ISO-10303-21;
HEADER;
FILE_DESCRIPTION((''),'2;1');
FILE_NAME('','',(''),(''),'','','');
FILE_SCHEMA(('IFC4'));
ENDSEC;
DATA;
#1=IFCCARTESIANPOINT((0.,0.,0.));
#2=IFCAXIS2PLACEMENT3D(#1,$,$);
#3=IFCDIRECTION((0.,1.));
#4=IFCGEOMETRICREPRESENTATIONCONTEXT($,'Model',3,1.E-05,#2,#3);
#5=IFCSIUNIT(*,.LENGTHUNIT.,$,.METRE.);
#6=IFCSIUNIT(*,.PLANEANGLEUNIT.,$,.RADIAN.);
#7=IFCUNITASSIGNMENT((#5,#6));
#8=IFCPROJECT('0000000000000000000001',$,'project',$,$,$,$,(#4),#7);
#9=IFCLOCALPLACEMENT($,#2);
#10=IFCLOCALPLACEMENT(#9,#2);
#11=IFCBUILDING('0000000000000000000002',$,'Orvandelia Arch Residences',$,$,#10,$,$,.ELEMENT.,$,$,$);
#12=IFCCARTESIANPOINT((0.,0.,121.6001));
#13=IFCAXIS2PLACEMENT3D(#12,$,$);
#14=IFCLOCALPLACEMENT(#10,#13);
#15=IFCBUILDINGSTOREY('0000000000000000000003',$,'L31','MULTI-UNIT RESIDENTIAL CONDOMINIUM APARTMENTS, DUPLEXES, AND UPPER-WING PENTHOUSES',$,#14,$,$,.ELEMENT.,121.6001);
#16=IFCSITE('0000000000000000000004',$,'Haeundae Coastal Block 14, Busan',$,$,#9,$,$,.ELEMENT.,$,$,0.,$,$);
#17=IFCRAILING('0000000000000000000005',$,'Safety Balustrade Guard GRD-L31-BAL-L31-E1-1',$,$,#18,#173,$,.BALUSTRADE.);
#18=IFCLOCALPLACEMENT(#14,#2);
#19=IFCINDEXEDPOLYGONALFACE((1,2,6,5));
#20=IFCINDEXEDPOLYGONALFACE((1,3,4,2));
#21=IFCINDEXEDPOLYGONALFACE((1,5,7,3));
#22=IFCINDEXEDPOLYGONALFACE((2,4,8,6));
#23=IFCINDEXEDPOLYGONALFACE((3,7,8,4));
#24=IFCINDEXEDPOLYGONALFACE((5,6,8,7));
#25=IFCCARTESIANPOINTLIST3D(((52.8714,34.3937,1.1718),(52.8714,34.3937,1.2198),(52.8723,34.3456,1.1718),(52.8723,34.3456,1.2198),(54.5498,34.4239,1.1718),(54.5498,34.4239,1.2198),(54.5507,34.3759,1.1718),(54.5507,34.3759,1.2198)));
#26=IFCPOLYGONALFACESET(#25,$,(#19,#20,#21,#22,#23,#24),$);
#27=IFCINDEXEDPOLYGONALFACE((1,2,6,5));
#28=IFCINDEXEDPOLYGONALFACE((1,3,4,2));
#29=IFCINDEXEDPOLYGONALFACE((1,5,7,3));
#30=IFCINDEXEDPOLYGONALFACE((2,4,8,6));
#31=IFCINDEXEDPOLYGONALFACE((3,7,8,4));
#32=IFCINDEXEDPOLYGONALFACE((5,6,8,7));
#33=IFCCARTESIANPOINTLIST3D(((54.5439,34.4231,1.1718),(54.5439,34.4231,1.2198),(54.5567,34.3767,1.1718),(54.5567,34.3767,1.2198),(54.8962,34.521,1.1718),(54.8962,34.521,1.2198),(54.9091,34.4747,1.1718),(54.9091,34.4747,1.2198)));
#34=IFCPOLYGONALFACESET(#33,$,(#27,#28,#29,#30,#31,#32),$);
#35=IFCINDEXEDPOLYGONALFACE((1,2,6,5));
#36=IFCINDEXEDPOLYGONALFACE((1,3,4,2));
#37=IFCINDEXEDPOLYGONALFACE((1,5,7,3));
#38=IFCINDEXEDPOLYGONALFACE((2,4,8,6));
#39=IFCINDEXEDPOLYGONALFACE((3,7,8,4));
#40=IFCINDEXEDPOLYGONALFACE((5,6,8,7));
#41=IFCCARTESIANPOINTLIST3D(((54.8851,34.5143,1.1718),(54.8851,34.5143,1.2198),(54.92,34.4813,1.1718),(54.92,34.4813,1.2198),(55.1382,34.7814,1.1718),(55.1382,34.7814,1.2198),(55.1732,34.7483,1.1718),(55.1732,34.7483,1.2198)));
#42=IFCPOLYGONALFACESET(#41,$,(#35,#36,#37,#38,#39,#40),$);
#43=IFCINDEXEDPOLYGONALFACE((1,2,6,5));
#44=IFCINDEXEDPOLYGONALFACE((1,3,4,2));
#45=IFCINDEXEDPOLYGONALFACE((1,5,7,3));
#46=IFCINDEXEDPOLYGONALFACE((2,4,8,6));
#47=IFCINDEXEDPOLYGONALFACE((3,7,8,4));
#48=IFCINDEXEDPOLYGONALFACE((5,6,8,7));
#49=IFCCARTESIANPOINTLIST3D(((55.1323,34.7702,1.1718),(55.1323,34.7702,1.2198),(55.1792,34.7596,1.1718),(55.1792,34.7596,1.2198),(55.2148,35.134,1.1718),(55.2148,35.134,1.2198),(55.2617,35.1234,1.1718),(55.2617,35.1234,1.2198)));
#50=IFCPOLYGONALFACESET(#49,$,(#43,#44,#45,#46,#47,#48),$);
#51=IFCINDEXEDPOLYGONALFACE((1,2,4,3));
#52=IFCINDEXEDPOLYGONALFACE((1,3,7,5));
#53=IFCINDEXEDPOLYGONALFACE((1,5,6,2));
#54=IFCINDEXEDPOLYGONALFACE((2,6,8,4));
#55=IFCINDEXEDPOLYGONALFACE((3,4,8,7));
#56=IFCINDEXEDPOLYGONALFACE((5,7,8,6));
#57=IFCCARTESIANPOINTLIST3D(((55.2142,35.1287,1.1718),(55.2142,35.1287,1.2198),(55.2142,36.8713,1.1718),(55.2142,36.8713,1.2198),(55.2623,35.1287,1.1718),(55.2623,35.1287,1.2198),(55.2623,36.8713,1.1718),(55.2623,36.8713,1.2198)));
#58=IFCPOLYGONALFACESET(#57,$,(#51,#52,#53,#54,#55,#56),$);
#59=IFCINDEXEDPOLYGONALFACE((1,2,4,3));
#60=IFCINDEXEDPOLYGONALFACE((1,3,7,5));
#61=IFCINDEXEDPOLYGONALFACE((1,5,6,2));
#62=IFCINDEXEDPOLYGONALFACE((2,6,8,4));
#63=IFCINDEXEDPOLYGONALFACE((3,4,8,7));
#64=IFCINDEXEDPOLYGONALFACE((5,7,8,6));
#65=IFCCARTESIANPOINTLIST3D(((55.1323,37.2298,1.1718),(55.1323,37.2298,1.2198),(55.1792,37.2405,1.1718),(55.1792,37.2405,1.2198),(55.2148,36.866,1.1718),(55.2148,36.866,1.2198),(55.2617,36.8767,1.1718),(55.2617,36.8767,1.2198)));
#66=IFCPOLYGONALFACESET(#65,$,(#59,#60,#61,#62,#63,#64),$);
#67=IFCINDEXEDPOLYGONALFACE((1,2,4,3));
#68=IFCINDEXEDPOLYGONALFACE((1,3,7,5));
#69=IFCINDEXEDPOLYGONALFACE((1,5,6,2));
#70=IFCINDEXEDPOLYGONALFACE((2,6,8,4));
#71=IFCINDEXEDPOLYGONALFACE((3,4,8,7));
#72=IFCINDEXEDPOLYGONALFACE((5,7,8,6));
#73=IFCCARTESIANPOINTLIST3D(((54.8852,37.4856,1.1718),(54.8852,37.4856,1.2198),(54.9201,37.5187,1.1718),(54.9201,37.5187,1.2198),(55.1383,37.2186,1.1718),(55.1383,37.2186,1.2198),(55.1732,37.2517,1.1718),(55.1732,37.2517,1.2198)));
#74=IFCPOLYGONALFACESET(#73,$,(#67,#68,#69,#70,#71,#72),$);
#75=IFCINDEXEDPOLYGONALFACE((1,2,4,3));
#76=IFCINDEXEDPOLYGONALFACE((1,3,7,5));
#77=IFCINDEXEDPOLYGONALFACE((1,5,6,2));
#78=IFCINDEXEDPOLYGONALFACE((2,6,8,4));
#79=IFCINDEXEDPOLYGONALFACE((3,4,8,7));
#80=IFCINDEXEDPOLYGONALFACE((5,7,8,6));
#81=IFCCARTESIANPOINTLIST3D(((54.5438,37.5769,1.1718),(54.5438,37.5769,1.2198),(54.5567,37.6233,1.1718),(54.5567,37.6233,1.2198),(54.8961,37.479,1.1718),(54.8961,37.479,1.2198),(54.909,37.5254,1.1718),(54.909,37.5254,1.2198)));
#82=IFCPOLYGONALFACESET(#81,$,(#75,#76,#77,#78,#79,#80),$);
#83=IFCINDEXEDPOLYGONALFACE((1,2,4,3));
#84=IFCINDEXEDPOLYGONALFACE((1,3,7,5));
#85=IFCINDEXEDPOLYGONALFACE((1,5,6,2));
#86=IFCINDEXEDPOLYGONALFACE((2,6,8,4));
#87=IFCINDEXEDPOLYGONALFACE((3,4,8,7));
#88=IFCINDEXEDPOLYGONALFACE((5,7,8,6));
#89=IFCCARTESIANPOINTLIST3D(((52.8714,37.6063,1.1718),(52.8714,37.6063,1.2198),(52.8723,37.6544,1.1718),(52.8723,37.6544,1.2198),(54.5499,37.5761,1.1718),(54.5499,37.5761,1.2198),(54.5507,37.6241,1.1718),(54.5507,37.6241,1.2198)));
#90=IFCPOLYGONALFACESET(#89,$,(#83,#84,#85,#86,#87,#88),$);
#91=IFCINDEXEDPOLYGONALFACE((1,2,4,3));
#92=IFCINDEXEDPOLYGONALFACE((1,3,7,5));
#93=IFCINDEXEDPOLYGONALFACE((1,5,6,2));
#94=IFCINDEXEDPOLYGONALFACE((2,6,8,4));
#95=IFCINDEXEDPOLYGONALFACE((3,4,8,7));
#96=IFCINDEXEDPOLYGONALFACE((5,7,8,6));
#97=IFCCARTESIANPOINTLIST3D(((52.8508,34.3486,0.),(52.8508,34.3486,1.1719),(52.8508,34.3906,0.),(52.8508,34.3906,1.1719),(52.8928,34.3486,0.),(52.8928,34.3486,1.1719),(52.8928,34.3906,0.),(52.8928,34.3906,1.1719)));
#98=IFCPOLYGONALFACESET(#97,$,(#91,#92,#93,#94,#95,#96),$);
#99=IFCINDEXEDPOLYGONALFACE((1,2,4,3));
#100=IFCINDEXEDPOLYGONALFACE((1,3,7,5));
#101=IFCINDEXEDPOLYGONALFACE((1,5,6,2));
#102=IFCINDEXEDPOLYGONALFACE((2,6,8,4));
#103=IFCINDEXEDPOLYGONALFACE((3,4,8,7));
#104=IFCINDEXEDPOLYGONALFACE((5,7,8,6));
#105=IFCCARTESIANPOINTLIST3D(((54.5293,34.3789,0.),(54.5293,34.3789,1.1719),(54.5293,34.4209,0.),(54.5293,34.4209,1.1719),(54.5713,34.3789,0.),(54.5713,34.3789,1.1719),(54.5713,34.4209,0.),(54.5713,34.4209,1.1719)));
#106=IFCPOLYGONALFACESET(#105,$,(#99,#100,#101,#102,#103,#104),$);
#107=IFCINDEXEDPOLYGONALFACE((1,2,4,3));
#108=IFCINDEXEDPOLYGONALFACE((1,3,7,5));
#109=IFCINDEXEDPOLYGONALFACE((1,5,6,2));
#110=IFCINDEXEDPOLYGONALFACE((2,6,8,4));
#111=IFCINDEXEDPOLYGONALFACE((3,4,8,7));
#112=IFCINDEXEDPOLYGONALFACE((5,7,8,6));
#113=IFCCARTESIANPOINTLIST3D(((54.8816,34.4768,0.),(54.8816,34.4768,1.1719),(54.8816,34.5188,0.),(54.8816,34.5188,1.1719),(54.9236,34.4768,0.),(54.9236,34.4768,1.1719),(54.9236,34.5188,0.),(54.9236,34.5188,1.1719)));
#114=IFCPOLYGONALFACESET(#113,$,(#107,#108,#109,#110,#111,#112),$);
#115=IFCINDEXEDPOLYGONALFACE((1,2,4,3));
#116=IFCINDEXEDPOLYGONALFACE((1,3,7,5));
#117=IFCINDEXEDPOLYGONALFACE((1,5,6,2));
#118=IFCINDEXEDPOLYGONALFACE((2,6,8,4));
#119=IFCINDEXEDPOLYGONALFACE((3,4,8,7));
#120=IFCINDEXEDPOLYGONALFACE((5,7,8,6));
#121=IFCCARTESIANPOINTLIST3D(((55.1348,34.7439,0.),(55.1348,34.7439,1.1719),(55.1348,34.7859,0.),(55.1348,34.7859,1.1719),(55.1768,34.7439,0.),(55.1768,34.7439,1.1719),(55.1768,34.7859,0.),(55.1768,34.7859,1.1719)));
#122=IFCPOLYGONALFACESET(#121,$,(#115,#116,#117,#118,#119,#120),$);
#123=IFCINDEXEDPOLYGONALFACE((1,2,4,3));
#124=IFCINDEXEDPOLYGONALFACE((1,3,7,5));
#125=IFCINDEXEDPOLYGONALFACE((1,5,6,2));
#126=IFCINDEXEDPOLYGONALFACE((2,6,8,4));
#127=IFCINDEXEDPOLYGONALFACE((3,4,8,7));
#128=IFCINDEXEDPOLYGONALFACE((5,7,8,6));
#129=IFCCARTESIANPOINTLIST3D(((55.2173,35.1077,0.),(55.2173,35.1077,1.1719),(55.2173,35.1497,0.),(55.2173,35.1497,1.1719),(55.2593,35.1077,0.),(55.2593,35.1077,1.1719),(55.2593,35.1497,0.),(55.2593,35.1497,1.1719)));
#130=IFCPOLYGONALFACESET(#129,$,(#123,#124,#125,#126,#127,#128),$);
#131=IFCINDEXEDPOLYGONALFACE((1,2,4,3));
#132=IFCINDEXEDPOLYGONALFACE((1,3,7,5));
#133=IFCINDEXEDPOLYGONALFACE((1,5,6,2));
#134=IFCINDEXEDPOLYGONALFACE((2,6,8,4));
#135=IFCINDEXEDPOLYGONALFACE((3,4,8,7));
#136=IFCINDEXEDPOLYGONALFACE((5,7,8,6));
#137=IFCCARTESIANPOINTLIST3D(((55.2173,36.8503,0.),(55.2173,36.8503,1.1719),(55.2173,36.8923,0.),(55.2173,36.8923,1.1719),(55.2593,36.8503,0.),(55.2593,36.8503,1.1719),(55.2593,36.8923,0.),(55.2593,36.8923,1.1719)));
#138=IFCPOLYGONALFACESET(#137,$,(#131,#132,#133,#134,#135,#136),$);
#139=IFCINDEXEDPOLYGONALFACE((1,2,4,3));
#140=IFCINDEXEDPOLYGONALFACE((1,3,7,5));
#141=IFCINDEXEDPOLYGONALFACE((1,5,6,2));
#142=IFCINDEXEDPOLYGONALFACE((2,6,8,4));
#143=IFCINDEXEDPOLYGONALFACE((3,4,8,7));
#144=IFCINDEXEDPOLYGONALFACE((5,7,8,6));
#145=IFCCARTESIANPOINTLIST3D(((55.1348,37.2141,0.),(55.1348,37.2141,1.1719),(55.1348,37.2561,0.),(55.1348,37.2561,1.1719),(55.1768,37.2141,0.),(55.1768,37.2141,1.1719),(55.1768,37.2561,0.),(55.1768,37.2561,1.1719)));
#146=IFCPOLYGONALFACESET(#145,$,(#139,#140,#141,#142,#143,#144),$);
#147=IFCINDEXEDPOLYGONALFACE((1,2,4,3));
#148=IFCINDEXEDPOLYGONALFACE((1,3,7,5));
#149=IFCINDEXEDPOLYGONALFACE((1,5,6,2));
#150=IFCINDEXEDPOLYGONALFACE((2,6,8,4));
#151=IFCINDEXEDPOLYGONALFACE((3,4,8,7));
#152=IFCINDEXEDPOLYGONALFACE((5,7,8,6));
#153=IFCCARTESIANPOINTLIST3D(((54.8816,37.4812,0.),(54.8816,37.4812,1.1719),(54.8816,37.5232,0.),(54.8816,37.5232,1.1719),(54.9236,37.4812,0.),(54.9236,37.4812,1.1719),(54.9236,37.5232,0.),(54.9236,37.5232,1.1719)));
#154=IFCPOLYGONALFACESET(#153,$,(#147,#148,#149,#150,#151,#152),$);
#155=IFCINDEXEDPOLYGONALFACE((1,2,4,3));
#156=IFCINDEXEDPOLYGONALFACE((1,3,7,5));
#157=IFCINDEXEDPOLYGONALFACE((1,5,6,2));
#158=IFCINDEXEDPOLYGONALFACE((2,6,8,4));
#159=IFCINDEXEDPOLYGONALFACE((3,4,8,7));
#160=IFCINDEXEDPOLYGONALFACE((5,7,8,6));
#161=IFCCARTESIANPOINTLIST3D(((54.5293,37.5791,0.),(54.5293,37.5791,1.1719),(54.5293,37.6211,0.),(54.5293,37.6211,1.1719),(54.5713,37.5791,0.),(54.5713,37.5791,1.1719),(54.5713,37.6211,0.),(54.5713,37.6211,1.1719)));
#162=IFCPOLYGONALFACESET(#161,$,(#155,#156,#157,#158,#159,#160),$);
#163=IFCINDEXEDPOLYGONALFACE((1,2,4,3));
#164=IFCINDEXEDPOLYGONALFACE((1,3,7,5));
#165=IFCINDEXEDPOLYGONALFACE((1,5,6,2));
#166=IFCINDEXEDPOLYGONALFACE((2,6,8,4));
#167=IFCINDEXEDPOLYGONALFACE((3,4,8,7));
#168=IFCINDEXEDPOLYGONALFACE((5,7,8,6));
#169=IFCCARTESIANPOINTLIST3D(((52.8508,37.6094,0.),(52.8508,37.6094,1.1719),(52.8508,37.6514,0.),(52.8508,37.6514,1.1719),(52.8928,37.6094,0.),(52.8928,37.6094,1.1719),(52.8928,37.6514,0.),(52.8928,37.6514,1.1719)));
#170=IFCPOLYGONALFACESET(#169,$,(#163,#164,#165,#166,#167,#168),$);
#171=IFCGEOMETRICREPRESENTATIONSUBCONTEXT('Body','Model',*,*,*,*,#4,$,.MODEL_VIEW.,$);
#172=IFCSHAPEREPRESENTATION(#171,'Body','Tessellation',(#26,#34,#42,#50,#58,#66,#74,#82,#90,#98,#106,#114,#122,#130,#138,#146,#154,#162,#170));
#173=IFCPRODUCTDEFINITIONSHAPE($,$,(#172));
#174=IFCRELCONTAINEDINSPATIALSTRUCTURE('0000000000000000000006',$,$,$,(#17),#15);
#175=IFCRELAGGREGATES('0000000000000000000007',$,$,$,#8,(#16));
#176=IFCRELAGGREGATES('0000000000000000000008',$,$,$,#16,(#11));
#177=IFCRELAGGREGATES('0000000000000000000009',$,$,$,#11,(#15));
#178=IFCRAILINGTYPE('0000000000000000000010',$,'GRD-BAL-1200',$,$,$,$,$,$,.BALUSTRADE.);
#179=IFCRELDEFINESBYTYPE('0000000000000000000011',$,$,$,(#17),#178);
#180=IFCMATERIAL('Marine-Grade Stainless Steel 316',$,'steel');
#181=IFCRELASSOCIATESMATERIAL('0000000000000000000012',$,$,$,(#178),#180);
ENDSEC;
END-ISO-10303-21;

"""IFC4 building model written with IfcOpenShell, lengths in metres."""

from ifc_helpers import new_model, si_unit, direction, frame, origin, origin_2d, place, context, subcontext, project, spatial, rectangle, extrude, material, type_object, element, save


model = new_model("IFC4")

# Units and contexts
model_context = context("Model", 3, precision=1e-05, world=origin(), true_north=direction((0.0, 1.0)))
body_context = subcontext(model_context, "Body", "Model", "MODEL_VIEW")
ifc_project = project(units=[si_unit("LENGTHUNIT", "METRE"), si_unit("PLANEANGLEUNIT", "RADIAN")], contexts=[model_context])

# Site, building, storey
site_placement = place(None, origin())
site = spatial("IfcSite", under=ifc_project, at=site_placement, Name="Haeundae Coastal Block 14, Busan", CompositionType="ELEMENT", RefElevation=0.0)
building_placement = place(site_placement, origin())
building = spatial("IfcBuilding", under=site, at=building_placement, Name="Orvandelia Arch Residences", CompositionType="ELEMENT")
storey_placement = place(building_placement, frame((0.0, 0.0, 121.6001)))
storey = spatial("IfcBuildingStorey", under=building, at=storey_placement, Name="L31", Description="MULTI-UNIT RESIDENTIAL CONDOMINIUM APARTMENTS, DUPLEXES, AND UPPER-WING PENTHOUSES", CompositionType="ELEMENT", Elevation=121.6001)

# Railing
ifc_material_1 = material(Name="Marine-Grade Stainless Steel 316", Category="steel")
railing_type = type_object("IfcRailingType", Name="GRD-BAL-1200", PredefinedType="BALUSTRADE", material=ifc_material_1)
railing_placement = place(storey_placement, frame((52.8718, 34.3696, 0.0)))
element("IfcRailing", 1, at=railing_placement, inside=storey, type_object=railing_type, Name="Safety Balustrade Guard GRD-L31-BAL-L31-E1-1", PredefinedType="BALUSTRADE", context=body_context, shape_type="SweptSolid", body=[
    extrude(rectangle(XDim=0.0481, YDim=0.0481, at=origin_2d()), frame((0.0, 0.0, 1.1958), z_axis=(0.999837, 0.018033, 0.0), x_axis=(-0.018033, 0.999837, 0.0)), (0.0, 0.0, 1.0), 1.6787),
    extrude(rectangle(XDim=0.0481, YDim=0.0481, at=origin_2d()), frame((1.6785, 0.0303, 1.1958), z_axis=(0.963489, 0.267747, 0.0), x_axis=(-0.267747, 0.963489, 0.0)), (0.0, 0.0, 1.0), 0.3657),
    extrude(rectangle(XDim=0.0481, YDim=0.0481, at=origin_2d()), frame((2.0308, 0.1282, 1.1958), z_axis=(0.687947, 0.725761, 0.0), x_axis=(-0.725761, 0.687947, 0.0)), (0.0, 0.0, 1.0), 0.3679),
    extrude(rectangle(XDim=0.0481, YDim=0.0481, at=origin_2d()), frame((2.2839, 0.3953, 1.1958), z_axis=(0.221225, 0.975223, 0.0), x_axis=(-0.975223, 0.221225, 0.0)), (0.0, 0.0, 1.0), 0.373),
    extrude(rectangle(XDim=0.0481, YDim=0.0481, at=origin_2d()), frame((2.3665, 0.759, 1.1958), z_axis=(0.0, 1.0, 0.0), x_axis=(-1.0, 0.0, 0.0)), (0.0, 0.0, 1.0), 1.7427),
    extrude(rectangle(XDim=0.0481, YDim=0.0481, at=origin_2d()), frame((2.3665, 2.5017, 1.1958), z_axis=(-0.221225, 0.975223, 0.0), x_axis=(-0.975223, -0.221225, 0.0)), (0.0, 0.0, 1.0), 0.373),
    extrude(rectangle(XDim=0.0481, YDim=0.0481, at=origin_2d()), frame((2.2839, 2.8655, 1.1958), z_axis=(-0.687947, 0.725761, 0.0), x_axis=(-0.725761, -0.687947, 0.0)), (0.0, 0.0, 1.0), 0.3679),
    extrude(rectangle(XDim=0.0481, YDim=0.0481, at=origin_2d()), frame((2.0308, 3.1326, 1.1958), z_axis=(-0.963489, 0.267747, 0.0), x_axis=(-0.267747, -0.963489, 0.0)), (0.0, 0.0, 1.0), 0.3657),
    extrude(rectangle(XDim=0.0481, YDim=0.0481, at=origin_2d()), frame((1.6785, 3.2305, 1.1958), z_axis=(-0.999837, 0.018033, 0.0), x_axis=(-0.018033, -0.999837, 0.0)), (0.0, 0.0, 1.0), 1.6787),
    extrude(rectangle(XDim=0.042, YDim=0.042, at=origin_2d()), origin(), (0.0, 0.0, 1.0), 1.1719),
    extrude(rectangle(XDim=0.042, YDim=0.042, at=origin_2d()), frame((1.6785, 0.0303, 0.0)), (0.0, 0.0, 1.0), 1.1719),
    extrude(rectangle(XDim=0.042, YDim=0.042, at=origin_2d()), frame((2.0308, 0.1282, 0.0)), (0.0, 0.0, 1.0), 1.1719),
    extrude(rectangle(XDim=0.042, YDim=0.042, at=origin_2d()), frame((2.2839, 0.3953, 0.0)), (0.0, 0.0, 1.0), 1.1719),
    extrude(rectangle(XDim=0.042, YDim=0.042, at=origin_2d()), frame((2.3665, 0.759, 0.0)), (0.0, 0.0, 1.0), 1.1719),
    extrude(rectangle(XDim=0.042, YDim=0.042, at=origin_2d()), frame((2.3665, 2.5017, 0.0)), (0.0, 0.0, 1.0), 1.1719),
    extrude(rectangle(XDim=0.042, YDim=0.042, at=origin_2d()), frame((2.2839, 2.8655, 0.0)), (0.0, 0.0, 1.0), 1.1719),
    extrude(rectangle(XDim=0.042, YDim=0.042, at=origin_2d()), frame((2.0308, 3.1326, 0.0)), (0.0, 0.0, 1.0), 1.1719),
    extrude(rectangle(XDim=0.042, YDim=0.042, at=origin_2d()), frame((1.6785, 3.2305, 0.0)), (0.0, 0.0, 1.0), 1.1719),
    extrude(rectangle(XDim=0.042, YDim=0.042, at=origin_2d()), frame((0.0, 3.2607, 0.0)), (0.0, 0.0, 1.0), 1.1719),
])

save(model, "model.ifc")
